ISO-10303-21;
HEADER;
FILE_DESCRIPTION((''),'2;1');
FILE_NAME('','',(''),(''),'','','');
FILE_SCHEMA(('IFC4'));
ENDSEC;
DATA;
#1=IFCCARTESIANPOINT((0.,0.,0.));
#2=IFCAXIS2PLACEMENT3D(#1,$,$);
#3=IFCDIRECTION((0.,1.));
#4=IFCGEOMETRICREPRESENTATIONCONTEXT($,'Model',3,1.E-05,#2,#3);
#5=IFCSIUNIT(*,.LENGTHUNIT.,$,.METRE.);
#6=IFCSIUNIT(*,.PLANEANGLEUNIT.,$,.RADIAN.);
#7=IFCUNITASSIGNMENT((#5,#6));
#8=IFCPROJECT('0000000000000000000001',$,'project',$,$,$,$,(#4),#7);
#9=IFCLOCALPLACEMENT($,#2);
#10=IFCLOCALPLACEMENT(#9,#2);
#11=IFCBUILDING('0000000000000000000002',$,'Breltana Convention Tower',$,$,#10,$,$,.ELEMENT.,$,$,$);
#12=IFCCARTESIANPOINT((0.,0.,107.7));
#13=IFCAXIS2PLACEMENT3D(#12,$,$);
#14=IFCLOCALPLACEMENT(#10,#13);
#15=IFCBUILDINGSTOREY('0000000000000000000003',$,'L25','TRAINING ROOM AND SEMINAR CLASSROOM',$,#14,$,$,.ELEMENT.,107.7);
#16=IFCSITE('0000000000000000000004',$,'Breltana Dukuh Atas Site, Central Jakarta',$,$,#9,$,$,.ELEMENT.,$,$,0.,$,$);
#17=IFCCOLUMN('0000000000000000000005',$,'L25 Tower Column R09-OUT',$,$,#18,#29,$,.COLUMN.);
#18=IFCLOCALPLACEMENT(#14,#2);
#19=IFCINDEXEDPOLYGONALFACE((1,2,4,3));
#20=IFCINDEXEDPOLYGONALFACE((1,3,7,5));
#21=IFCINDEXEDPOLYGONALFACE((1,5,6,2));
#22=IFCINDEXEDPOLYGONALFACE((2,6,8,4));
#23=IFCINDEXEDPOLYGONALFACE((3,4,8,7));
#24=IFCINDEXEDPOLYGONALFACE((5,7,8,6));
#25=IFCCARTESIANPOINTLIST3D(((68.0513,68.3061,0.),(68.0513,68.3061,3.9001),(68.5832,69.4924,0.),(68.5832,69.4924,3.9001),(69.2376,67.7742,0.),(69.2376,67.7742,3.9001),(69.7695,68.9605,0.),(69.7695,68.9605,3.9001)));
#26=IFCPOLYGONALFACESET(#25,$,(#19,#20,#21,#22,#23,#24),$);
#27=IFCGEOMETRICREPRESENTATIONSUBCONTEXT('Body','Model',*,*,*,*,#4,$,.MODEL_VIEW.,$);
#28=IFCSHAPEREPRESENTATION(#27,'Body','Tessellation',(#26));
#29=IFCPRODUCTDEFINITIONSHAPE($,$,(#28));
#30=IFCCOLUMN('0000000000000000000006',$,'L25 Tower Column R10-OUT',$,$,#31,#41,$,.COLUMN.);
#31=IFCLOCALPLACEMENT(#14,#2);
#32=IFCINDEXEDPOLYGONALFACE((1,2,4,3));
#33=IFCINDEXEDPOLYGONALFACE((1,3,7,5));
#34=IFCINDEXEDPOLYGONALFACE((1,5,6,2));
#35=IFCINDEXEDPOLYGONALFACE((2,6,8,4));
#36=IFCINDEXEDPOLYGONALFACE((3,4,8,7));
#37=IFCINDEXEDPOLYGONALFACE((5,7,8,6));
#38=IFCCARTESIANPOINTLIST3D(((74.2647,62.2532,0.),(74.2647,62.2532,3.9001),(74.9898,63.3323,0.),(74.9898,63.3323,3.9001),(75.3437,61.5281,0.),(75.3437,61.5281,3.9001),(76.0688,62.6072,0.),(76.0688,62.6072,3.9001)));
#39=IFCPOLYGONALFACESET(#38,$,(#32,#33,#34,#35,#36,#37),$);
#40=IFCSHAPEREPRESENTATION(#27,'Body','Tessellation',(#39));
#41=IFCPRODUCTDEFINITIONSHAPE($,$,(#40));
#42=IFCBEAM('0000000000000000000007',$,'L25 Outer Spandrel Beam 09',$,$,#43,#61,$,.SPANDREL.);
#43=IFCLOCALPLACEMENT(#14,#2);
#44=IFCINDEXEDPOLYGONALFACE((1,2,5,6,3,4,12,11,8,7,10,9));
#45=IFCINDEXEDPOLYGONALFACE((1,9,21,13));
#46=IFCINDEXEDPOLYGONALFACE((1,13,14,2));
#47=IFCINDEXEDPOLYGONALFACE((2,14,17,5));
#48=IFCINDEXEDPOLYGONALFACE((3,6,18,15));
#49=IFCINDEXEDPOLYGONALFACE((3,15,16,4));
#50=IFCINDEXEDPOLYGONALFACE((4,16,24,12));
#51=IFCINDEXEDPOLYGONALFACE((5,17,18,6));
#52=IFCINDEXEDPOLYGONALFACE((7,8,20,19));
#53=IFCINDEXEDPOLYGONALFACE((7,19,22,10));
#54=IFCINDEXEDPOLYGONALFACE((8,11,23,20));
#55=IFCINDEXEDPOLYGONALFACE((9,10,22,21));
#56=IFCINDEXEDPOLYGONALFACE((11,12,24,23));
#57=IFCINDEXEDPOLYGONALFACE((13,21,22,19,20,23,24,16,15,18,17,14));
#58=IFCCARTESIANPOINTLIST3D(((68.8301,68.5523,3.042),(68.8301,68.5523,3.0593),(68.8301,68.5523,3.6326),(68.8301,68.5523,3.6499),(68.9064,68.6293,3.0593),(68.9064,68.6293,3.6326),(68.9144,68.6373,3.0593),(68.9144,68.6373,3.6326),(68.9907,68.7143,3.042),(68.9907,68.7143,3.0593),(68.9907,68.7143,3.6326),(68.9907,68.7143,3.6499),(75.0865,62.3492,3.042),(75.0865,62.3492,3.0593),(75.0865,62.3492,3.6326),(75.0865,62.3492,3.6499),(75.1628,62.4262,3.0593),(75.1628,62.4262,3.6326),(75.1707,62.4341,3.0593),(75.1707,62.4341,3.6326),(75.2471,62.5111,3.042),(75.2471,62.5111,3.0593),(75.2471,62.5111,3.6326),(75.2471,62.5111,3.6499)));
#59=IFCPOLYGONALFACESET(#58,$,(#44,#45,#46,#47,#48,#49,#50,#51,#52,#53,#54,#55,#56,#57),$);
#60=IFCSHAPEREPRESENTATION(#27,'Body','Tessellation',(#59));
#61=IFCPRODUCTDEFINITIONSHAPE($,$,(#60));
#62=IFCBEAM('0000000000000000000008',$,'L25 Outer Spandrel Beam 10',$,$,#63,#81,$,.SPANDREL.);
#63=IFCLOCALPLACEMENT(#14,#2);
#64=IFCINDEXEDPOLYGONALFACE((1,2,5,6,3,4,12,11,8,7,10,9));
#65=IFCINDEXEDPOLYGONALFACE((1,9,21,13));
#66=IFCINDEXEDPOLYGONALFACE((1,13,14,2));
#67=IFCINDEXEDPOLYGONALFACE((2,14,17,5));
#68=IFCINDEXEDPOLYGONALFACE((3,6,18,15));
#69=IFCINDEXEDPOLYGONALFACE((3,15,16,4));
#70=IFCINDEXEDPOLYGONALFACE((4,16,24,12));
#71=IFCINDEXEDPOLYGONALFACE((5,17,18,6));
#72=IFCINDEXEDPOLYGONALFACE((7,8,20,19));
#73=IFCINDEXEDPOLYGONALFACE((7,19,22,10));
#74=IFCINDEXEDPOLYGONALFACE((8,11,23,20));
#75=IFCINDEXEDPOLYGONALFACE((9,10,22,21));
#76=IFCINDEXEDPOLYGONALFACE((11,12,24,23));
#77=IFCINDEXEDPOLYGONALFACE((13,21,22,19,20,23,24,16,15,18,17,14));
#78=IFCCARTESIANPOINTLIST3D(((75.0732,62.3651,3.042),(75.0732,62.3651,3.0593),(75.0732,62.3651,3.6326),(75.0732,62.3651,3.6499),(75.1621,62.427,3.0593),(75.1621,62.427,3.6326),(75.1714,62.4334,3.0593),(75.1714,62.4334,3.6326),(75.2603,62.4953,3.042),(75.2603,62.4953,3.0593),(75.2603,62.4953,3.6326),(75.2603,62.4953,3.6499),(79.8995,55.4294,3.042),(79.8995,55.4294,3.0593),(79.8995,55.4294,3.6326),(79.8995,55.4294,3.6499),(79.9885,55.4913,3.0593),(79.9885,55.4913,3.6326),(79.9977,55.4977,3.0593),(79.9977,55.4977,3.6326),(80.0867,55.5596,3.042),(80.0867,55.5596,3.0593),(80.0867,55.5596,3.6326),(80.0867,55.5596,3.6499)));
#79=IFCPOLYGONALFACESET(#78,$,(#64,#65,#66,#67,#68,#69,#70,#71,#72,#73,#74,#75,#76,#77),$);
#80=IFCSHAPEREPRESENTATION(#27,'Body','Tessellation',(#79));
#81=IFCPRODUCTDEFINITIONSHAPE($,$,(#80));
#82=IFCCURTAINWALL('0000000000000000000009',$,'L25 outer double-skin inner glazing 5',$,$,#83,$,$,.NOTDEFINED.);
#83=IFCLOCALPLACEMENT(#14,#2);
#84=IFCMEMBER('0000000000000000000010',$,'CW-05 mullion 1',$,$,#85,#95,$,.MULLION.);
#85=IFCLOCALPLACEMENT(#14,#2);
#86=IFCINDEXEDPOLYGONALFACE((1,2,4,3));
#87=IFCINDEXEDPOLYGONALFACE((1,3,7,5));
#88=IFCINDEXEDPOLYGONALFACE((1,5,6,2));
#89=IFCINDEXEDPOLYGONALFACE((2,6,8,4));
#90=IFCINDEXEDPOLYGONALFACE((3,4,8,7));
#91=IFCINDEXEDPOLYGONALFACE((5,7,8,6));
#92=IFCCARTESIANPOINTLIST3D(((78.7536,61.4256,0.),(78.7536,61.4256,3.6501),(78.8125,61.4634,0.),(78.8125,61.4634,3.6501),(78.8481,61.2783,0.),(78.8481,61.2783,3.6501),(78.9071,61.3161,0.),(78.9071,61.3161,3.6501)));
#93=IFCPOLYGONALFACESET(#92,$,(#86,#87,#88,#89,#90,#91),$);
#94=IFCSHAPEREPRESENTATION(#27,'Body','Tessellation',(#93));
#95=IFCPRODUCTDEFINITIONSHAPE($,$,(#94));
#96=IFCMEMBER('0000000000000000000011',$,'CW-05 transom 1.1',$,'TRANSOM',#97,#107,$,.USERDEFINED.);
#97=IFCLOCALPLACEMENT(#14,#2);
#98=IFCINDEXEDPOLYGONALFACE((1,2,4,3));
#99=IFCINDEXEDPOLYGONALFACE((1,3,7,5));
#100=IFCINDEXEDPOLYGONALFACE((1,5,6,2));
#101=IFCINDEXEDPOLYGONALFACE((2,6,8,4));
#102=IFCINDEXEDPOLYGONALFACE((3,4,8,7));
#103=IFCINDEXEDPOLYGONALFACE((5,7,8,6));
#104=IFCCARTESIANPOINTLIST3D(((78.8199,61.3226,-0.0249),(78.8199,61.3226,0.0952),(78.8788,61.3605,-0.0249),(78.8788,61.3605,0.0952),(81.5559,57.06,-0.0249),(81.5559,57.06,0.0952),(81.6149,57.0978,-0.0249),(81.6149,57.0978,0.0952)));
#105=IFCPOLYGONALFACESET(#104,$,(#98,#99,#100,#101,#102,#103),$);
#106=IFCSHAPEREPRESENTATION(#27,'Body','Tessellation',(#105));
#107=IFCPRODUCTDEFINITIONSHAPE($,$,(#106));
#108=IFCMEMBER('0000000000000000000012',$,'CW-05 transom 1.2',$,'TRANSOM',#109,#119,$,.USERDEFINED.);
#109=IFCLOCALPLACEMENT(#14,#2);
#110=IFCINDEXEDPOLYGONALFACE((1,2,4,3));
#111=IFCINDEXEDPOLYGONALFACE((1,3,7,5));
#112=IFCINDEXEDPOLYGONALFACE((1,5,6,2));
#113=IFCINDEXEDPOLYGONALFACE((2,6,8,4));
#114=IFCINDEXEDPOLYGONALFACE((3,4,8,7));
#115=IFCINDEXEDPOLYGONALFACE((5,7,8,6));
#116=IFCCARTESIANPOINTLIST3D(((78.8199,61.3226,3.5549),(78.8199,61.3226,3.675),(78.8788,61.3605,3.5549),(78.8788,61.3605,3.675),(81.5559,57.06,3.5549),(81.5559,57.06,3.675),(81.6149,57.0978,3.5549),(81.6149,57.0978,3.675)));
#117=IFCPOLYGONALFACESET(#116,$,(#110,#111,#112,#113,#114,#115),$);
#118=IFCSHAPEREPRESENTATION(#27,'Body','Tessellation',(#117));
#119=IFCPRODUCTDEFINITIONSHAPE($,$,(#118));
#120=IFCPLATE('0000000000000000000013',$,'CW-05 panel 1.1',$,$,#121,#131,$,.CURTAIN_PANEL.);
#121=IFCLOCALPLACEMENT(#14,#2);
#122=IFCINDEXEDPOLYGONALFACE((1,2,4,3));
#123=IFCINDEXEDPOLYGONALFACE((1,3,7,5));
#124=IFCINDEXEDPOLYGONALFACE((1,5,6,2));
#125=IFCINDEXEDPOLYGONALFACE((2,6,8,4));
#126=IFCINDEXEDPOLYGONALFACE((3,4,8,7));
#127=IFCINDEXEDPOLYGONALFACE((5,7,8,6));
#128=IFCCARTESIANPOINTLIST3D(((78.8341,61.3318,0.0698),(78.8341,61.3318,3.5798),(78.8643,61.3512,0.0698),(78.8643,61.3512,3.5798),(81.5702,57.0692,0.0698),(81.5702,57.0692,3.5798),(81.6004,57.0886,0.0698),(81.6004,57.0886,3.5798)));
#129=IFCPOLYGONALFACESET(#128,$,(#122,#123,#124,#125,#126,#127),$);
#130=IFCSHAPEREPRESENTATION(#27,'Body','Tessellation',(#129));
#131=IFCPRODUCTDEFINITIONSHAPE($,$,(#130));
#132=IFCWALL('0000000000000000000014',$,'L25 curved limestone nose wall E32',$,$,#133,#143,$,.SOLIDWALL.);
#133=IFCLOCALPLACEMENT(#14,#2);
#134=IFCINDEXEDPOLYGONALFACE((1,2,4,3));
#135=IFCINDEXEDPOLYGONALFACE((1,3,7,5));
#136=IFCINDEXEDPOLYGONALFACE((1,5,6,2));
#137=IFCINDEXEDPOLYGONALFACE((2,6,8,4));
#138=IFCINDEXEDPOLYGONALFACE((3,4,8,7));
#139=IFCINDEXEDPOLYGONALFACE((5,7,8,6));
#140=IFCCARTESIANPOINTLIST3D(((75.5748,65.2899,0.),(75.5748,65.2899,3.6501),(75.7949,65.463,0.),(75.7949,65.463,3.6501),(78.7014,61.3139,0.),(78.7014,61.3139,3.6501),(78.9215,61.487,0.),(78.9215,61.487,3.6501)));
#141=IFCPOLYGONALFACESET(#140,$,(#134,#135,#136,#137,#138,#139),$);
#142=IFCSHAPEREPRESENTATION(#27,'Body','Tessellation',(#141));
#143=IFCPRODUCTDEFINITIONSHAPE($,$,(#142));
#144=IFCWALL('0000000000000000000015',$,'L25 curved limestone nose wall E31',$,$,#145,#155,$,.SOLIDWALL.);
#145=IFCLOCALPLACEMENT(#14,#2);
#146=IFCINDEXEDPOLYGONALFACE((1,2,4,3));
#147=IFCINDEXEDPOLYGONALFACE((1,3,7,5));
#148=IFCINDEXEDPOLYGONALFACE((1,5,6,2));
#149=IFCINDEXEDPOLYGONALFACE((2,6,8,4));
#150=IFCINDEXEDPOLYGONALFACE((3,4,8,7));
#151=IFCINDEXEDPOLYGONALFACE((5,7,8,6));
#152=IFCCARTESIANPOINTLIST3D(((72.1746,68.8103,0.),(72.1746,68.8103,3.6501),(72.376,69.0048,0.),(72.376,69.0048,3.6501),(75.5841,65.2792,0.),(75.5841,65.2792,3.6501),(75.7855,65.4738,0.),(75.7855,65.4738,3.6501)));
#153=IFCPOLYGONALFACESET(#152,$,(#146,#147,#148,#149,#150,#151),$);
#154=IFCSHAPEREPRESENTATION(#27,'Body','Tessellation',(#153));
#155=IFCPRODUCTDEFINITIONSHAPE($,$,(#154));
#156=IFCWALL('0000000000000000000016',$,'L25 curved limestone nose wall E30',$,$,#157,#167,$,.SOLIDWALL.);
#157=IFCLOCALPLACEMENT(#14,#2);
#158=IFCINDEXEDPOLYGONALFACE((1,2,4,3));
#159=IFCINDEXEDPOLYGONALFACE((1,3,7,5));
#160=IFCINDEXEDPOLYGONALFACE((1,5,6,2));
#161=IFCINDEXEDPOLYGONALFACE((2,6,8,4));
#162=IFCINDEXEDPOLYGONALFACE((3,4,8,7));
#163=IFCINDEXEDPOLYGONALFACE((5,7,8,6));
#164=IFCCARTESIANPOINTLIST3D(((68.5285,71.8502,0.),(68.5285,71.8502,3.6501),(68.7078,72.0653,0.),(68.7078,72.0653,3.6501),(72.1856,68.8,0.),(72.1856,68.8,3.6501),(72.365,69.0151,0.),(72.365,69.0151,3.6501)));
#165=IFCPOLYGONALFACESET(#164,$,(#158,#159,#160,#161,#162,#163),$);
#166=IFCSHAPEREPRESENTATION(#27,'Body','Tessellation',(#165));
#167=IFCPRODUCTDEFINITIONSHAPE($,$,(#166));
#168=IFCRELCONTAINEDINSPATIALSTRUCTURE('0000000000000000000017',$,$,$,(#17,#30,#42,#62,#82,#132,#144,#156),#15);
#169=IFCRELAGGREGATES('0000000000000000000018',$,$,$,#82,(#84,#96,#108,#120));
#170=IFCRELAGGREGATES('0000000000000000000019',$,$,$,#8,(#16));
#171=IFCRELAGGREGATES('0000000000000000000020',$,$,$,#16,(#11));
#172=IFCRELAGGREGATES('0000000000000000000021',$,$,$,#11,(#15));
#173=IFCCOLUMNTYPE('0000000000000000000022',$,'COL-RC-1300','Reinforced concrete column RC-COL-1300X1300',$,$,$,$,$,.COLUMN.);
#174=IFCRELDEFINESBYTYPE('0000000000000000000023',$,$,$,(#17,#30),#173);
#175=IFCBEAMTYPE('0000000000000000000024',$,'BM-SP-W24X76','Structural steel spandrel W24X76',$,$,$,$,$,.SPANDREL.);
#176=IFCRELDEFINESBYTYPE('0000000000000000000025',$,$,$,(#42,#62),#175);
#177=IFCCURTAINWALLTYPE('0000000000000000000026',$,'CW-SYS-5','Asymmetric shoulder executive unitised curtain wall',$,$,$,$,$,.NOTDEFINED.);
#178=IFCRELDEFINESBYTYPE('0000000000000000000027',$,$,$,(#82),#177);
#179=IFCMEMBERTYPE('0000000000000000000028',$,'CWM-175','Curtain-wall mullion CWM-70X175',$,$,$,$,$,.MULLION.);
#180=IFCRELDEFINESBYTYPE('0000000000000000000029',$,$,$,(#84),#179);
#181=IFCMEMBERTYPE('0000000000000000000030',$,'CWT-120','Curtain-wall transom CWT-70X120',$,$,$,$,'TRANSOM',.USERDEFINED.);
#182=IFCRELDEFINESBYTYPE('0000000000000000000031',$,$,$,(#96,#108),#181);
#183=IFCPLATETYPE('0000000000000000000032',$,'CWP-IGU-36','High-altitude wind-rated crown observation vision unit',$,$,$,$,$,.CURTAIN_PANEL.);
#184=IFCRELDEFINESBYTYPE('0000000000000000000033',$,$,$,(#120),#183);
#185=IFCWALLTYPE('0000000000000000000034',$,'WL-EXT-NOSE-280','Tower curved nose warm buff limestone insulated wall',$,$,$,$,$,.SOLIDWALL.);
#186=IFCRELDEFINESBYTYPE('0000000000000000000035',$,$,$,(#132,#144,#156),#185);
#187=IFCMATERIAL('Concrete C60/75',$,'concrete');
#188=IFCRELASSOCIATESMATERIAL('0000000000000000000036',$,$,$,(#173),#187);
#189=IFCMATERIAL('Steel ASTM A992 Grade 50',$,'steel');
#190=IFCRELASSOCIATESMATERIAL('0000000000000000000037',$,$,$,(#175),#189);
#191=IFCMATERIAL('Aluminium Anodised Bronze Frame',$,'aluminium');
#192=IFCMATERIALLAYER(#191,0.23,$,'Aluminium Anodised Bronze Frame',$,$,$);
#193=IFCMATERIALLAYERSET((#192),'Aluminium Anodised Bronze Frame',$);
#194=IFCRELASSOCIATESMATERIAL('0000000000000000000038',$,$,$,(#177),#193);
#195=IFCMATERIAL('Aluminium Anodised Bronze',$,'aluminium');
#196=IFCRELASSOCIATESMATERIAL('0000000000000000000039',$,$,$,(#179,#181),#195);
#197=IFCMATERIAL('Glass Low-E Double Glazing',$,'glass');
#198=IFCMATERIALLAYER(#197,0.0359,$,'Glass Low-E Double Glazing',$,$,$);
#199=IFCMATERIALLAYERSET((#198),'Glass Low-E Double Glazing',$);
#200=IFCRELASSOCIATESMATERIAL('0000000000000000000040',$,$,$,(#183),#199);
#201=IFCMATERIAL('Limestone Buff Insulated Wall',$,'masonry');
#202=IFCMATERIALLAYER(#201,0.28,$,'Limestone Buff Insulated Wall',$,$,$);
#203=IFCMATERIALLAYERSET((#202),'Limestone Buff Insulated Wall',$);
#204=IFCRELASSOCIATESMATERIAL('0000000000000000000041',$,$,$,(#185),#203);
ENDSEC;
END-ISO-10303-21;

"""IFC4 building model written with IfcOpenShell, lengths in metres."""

from ifc_helpers import new_model, si_unit, direction, frame, frame_2d, origin, origin_2d, place, context, subcontext, project, spatial, rectangle, i_section, extrude, source, transform, mapped, material, layer, layer_set, material_profile, profile_set, type_object, element, aggregate, save


model = new_model("IFC4")

# Units and contexts
model_context = context("Model", 3, precision=1e-05, world=origin(), true_north=direction((0.0, 1.0)))
body_context = subcontext(model_context, "Body", "Model", "MODEL_VIEW")
ifc_project = project(units=[si_unit("LENGTHUNIT", "METRE"), si_unit("PLANEANGLEUNIT", "RADIAN")], contexts=[model_context])

# Site, building, storey
site_placement = place(None, origin())
site = spatial("IfcSite", under=ifc_project, at=site_placement, Name="Breltana Dukuh Atas Site, Central Jakarta", CompositionType="ELEMENT", RefElevation=0.0)
building_placement = place(site_placement, origin())
building = spatial("IfcBuilding", under=site, at=building_placement, Name="Breltana Convention Tower", CompositionType="ELEMENT")
storey_placement = place(building_placement, frame((0.0, 0.0, 107.7)))
storey = spatial("IfcBuildingStorey", under=building, at=storey_placement, Name="L25", Description="TRAINING ROOM AND SEMINAR CLASSROOM", CompositionType="ELEMENT", Elevation=107.7)

# Columns
ifc_material_1 = material(Name="Concrete C60/75", Category="concrete")
ifc_material_profile_1 = material_profile(ifc_material_1, rectangle(XDim=1.3, YDim=1.3, at=origin_2d()), Name="RC-COL-1300X1300")
ifc_profile_set_1 = profile_set([ifc_material_profile_1], Name="Concrete C60/75")
column_type = type_object("IfcColumnType", Name="COL-RC-1300", Description="Reinforced concrete column RC-COL-1300X1300", PredefinedType="COLUMN", material=ifc_profile_set_1)
shared_shape_1 = source(origin(), body_context, "Body", "SweptSolid", [
    extrude(rectangle(XDim=1.3, YDim=1.3, at=origin_2d()), origin(), (0.0, 0.0, 1.0), 3.9001),
])
for number, where, z_axis, x_axis, name in (
    (1, (68.9104, 68.6333, 0.0), (0.0, 0.0, 1.0), (0.409127, 0.912477, 0.0), "L25 Tower Column R09-OUT"),
    (2, (75.1667, 62.4302, 0.0), (0.0, 0.0, 1.0), (0.557745, 0.830012, 0.0), "L25 Tower Column R10-OUT"),
):
    element("IfcColumn", number, at=place(storey_placement, frame(where, z_axis=z_axis, x_axis=x_axis)), inside=storey, type_object=column_type, Name=name, PredefinedType="COLUMN", context=body_context, shape_type="MappedRepresentation", body=[
        mapped(shared_shape_1, transform((0.0, 0.0, 0.0), scale=1.0)),
    ])

# Beams
ifc_material_2 = material(Name="Steel ASTM A992 Grade 50", Category="steel")
ifc_material_profile_2 = material_profile(ifc_material_2, i_section(OverallWidth=0.228, OverallDepth=0.6079, WebThickness=0.0112, FlangeThickness=0.0173, at=origin_2d()), Name="W24X76")
ifc_profile_set_2 = profile_set([ifc_material_profile_2], Name="Steel ASTM A992 Grade 50")
beam_type = type_object("IfcBeamType", Name="BM-SP-W24X76", Description="Structural steel spandrel W24X76", PredefinedType="SPANDREL", material=ifc_profile_set_2)
shared_shape_2 = source(origin(), body_context, "Body", "SweptSolid", [
    extrude(i_section(OverallWidth=0.228, OverallDepth=0.6079, WebThickness=0.0112, FlangeThickness=0.0173, at=origin_2d()), origin(), (0.0, 0.0, 1.0), 8.8103),
])
beam_1_placement = place(storey_placement, frame((68.9104, 68.6333, 3.3459), z_axis=(0.710121, -0.70408, 0.0), x_axis=(0.70408, 0.710121, 0.0)))
element("IfcBeam", 3, at=beam_1_placement, inside=storey, type_object=beam_type, Name="L25 Outer Spandrel Beam 09", PredefinedType="SPANDREL", context=body_context, shape_type="MappedRepresentation", body=[
    mapped(shared_shape_2, transform((0.0, 0.0, 0.0), scale=1.0)),
])
shared_shape_3 = source(origin(), body_context, "Body", "SweptSolid", [
    extrude(i_section(OverallWidth=0.228, OverallDepth=0.6079, WebThickness=0.0112, FlangeThickness=0.0173, at=origin_2d()), origin(), (0.0, 0.0, 1.0), 8.4497),
])
beam_2_placement = place(storey_placement, frame((75.1667, 62.4302, 3.3459), z_axis=(0.571186, -0.820821, 0.0), x_axis=(0.820821, 0.571186, 0.0)))
element("IfcBeam", 4, at=beam_2_placement, inside=storey, type_object=beam_type, Name="L25 Outer Spandrel Beam 10", PredefinedType="SPANDREL", context=body_context, shape_type="MappedRepresentation", body=[
    mapped(shared_shape_3, transform((0.0, 0.0, 0.0), scale=1.0)),
])

# Curtain wall, members, plate
ifc_material_3 = material(Name="Aluminium Anodised Bronze Frame", Category="aluminium")
ifc_layer_1 = layer(ifc_material_3, 0.23, Name="Aluminium Anodised Bronze Frame")
ifc_layer_set_1 = layer_set([ifc_layer_1], Name="Aluminium Anodised Bronze Frame")
curtain_wall_type = type_object("IfcCurtainWallType", Name="CW-SYS-5", Description="Asymmetric shoulder executive unitised curtain wall", PredefinedType="NOTDEFINED", material=ifc_layer_set_1)
curtain_wall_placement = place(storey_placement, origin())
curtain_wall = element("IfcCurtainWall", 5, at=curtain_wall_placement, inside=storey, type_object=curtain_wall_type, Name="L25 outer double-skin inner glazing 5", PredefinedType="NOTDEFINED")
ifc_material_4 = material(Name="Aluminium Anodised Bronze", Category="aluminium")
ifc_material_profile_3 = material_profile(ifc_material_4, rectangle(XDim=0.0701, YDim=0.175, at=origin_2d()), Name="CWM-70X175")
ifc_profile_set_3 = profile_set([ifc_material_profile_3], Name="Aluminium Anodised Bronze")
member_type_1 = type_object("IfcMemberType", Name="CWM-175", Description="Curtain-wall mullion CWM-70X175", PredefinedType="MULLION", material=ifc_profile_set_3)
shared_shape_4 = source(origin(), body_context, "Body", "SweptSolid", [
    extrude(rectangle(XDim=0.0701, YDim=0.175, at=origin_2d()), origin(), (0.0, 0.0, 1.0), 3.6501),
])
member_1_placement = place(storey_placement, frame((78.8303, 61.3708, 0.0), z_axis=(0.0, 0.0, 1.0), x_axis=(0.841552, 0.540177, 0.0)))
member_1 = element("IfcMember", 6, at=member_1_placement, type_object=member_type_1, Name="CW-05 mullion 1", PredefinedType="MULLION", context=body_context, shape_type="MappedRepresentation", body=[
    mapped(shared_shape_4, transform((0.0, 0.0, 0.0), scale=1.0)),
])
ifc_material_profile_4 = material_profile(ifc_material_4, rectangle(XDim=0.0701, YDim=0.1201, at=origin_2d()), Name="CWT-70X120")
ifc_profile_set_4 = profile_set([ifc_material_profile_4], Name="Aluminium Anodised Bronze")
member_type_2 = type_object("IfcMemberType", Name="CWT-120", Description="Curtain-wall transom CWT-70X120", ElementType="TRANSOM", PredefinedType="USERDEFINED", material=ifc_profile_set_4)
shared_shape_5 = source(origin(), body_context, "Body", "SweptSolid", [
    extrude(rectangle(XDim=0.0701, YDim=0.1201, at=origin_2d()), origin(), (0.0, 0.0, 1.0), 5.0652),
])
member_2_placement = place(storey_placement, frame((78.8494, 61.3416, 0.0352), z_axis=(0.540168, -0.841557, 0.0), x_axis=(0.841557, 0.540168, 0.0)))
member_2 = element("IfcMember", 7, at=member_2_placement, type_object=member_type_2, Name="CW-05 transom 1.1", ObjectType="TRANSOM", PredefinedType="USERDEFINED", context=body_context, shape_type="MappedRepresentation", body=[
    mapped(shared_shape_5, transform((0.0, 0.0, 0.0), scale=1.0)),
])
member_3_placement = place(storey_placement, frame((78.8494, 61.3416, 3.615), z_axis=(0.540168, -0.841557, 0.0), x_axis=(0.841557, 0.540168, 0.0)))
member_3 = element("IfcMember", 8, at=member_3_placement, type_object=member_type_2, Name="CW-05 transom 1.2", ObjectType="TRANSOM", PredefinedType="USERDEFINED", context=body_context, shape_type="MappedRepresentation", body=[
    mapped(shared_shape_5, transform((0.0, 0.0, 0.0), scale=1.0)),
])
ifc_material_5 = material(Name="Glass Low-E Double Glazing", Category="glass")
ifc_layer_2 = layer(ifc_material_5, 0.0359, Name="Glass Low-E Double Glazing")
ifc_layer_set_2 = layer_set([ifc_layer_2], Name="Glass Low-E Double Glazing")
plate_type = type_object("IfcPlateType", Name="CWP-IGU-36", Description="High-altitude wind-rated crown observation vision unit", PredefinedType="CURTAIN_PANEL", material=ifc_layer_set_2)
shared_shape_6 = source(origin(), body_context, "Body", "SweptSolid", [
    extrude(rectangle(XDim=5.0652, YDim=0.0359, at=origin_2d()), origin(), (0.0, 0.0, 1.0), 3.51),
])
plate_placement = place(storey_placement, frame((80.2173, 59.2102, 0.0698), z_axis=(0.0, 0.0, 1.0), x_axis=(0.540177, -0.841552, 0.0)))
plate = element("IfcPlate", 9, at=plate_placement, type_object=plate_type, Name="CW-05 panel 1.1", PredefinedType="CURTAIN_PANEL", context=body_context, shape_type="MappedRepresentation", body=[
    mapped(shared_shape_6, transform((0.0, 0.0, 0.0), scale=1.0)),
])
aggregate(curtain_wall, [member_1, member_2, member_3, plate])

# Walls
ifc_material_6 = material(Name="Limestone Buff Insulated Wall", Category="masonry")
ifc_layer_3 = layer(ifc_material_6, 0.28, Name="Limestone Buff Insulated Wall")
ifc_layer_set_3 = layer_set([ifc_layer_3], Name="Limestone Buff Insulated Wall")
wall_type_1 = type_object("IfcWallType", Name="WL-EXT-NOSE-280", Description="Tower curved nose warm buff limestone insulated wall", PredefinedType="SOLIDWALL", material=ifc_layer_set_3)
shared_shape_7 = source(origin(), body_context, "Body", "SweptSolid", [
    extrude(rectangle(XDim=5.0581, YDim=0.28, at=frame_2d((2.5291, 0.0))), origin(), (0.0, 0.0, 1.0), 3.6501),
])
wall_1_placement = place(storey_placement, frame((75.6848, 65.3765, 0.0), z_axis=(0.0, 0.0, 1.0), x_axis=(0.618146, -0.786064, 0.0)))
element("IfcWall", 10, at=wall_1_placement, inside=storey, type_object=wall_type_1, Name="L25 curved limestone nose wall E32", PredefinedType="SOLIDWALL", context=body_context, shape_type="MappedRepresentation", body=[
    mapped(shared_shape_7, transform((0.0, 0.0, 0.0), scale=1.0)),
])
shared_shape_8 = source(origin(), body_context, "Body", "SweptSolid", [
    extrude(rectangle(XDim=4.9084, YDim=0.28, at=frame_2d((2.4541, 0.0))), origin(), (0.0, 0.0, 1.0), 3.6501),
])
wall_2_placement = place(storey_placement, frame((72.2754, 68.9075, 0.0), z_axis=(0.0, 0.0, 1.0), x_axis=(0.694613, -0.719383, 0.0)))
element("IfcWall", 11, at=wall_2_placement, inside=storey, type_object=wall_type_1, Name="L25 curved limestone nose wall E31", PredefinedType="SOLIDWALL", context=body_context, shape_type="MappedRepresentation", body=[
    mapped(shared_shape_8, transform((0.0, 0.0, 0.0), scale=1.0)),
])
shared_shape_9 = source(origin(), body_context, "Body", "SweptSolid", [
    extrude(rectangle(XDim=4.7622, YDim=0.28, at=frame_2d((2.3811, 0.0))), origin(), (0.0, 0.0, 1.0), 3.6501),
])
wall_3_placement = place(storey_placement, frame((68.6182, 71.9578, 0.0), z_axis=(0.0, 0.0, 1.0), x_axis=(0.767952, -0.640507, 0.0)))
element("IfcWall", 12, at=wall_3_placement, inside=storey, type_object=wall_type_1, Name="L25 curved limestone nose wall E30", PredefinedType="SOLIDWALL", context=body_context, shape_type="MappedRepresentation", body=[
    mapped(shared_shape_9, transform((0.0, 0.0, 0.0), scale=1.0)),
])

save(model, "model.ifc")
